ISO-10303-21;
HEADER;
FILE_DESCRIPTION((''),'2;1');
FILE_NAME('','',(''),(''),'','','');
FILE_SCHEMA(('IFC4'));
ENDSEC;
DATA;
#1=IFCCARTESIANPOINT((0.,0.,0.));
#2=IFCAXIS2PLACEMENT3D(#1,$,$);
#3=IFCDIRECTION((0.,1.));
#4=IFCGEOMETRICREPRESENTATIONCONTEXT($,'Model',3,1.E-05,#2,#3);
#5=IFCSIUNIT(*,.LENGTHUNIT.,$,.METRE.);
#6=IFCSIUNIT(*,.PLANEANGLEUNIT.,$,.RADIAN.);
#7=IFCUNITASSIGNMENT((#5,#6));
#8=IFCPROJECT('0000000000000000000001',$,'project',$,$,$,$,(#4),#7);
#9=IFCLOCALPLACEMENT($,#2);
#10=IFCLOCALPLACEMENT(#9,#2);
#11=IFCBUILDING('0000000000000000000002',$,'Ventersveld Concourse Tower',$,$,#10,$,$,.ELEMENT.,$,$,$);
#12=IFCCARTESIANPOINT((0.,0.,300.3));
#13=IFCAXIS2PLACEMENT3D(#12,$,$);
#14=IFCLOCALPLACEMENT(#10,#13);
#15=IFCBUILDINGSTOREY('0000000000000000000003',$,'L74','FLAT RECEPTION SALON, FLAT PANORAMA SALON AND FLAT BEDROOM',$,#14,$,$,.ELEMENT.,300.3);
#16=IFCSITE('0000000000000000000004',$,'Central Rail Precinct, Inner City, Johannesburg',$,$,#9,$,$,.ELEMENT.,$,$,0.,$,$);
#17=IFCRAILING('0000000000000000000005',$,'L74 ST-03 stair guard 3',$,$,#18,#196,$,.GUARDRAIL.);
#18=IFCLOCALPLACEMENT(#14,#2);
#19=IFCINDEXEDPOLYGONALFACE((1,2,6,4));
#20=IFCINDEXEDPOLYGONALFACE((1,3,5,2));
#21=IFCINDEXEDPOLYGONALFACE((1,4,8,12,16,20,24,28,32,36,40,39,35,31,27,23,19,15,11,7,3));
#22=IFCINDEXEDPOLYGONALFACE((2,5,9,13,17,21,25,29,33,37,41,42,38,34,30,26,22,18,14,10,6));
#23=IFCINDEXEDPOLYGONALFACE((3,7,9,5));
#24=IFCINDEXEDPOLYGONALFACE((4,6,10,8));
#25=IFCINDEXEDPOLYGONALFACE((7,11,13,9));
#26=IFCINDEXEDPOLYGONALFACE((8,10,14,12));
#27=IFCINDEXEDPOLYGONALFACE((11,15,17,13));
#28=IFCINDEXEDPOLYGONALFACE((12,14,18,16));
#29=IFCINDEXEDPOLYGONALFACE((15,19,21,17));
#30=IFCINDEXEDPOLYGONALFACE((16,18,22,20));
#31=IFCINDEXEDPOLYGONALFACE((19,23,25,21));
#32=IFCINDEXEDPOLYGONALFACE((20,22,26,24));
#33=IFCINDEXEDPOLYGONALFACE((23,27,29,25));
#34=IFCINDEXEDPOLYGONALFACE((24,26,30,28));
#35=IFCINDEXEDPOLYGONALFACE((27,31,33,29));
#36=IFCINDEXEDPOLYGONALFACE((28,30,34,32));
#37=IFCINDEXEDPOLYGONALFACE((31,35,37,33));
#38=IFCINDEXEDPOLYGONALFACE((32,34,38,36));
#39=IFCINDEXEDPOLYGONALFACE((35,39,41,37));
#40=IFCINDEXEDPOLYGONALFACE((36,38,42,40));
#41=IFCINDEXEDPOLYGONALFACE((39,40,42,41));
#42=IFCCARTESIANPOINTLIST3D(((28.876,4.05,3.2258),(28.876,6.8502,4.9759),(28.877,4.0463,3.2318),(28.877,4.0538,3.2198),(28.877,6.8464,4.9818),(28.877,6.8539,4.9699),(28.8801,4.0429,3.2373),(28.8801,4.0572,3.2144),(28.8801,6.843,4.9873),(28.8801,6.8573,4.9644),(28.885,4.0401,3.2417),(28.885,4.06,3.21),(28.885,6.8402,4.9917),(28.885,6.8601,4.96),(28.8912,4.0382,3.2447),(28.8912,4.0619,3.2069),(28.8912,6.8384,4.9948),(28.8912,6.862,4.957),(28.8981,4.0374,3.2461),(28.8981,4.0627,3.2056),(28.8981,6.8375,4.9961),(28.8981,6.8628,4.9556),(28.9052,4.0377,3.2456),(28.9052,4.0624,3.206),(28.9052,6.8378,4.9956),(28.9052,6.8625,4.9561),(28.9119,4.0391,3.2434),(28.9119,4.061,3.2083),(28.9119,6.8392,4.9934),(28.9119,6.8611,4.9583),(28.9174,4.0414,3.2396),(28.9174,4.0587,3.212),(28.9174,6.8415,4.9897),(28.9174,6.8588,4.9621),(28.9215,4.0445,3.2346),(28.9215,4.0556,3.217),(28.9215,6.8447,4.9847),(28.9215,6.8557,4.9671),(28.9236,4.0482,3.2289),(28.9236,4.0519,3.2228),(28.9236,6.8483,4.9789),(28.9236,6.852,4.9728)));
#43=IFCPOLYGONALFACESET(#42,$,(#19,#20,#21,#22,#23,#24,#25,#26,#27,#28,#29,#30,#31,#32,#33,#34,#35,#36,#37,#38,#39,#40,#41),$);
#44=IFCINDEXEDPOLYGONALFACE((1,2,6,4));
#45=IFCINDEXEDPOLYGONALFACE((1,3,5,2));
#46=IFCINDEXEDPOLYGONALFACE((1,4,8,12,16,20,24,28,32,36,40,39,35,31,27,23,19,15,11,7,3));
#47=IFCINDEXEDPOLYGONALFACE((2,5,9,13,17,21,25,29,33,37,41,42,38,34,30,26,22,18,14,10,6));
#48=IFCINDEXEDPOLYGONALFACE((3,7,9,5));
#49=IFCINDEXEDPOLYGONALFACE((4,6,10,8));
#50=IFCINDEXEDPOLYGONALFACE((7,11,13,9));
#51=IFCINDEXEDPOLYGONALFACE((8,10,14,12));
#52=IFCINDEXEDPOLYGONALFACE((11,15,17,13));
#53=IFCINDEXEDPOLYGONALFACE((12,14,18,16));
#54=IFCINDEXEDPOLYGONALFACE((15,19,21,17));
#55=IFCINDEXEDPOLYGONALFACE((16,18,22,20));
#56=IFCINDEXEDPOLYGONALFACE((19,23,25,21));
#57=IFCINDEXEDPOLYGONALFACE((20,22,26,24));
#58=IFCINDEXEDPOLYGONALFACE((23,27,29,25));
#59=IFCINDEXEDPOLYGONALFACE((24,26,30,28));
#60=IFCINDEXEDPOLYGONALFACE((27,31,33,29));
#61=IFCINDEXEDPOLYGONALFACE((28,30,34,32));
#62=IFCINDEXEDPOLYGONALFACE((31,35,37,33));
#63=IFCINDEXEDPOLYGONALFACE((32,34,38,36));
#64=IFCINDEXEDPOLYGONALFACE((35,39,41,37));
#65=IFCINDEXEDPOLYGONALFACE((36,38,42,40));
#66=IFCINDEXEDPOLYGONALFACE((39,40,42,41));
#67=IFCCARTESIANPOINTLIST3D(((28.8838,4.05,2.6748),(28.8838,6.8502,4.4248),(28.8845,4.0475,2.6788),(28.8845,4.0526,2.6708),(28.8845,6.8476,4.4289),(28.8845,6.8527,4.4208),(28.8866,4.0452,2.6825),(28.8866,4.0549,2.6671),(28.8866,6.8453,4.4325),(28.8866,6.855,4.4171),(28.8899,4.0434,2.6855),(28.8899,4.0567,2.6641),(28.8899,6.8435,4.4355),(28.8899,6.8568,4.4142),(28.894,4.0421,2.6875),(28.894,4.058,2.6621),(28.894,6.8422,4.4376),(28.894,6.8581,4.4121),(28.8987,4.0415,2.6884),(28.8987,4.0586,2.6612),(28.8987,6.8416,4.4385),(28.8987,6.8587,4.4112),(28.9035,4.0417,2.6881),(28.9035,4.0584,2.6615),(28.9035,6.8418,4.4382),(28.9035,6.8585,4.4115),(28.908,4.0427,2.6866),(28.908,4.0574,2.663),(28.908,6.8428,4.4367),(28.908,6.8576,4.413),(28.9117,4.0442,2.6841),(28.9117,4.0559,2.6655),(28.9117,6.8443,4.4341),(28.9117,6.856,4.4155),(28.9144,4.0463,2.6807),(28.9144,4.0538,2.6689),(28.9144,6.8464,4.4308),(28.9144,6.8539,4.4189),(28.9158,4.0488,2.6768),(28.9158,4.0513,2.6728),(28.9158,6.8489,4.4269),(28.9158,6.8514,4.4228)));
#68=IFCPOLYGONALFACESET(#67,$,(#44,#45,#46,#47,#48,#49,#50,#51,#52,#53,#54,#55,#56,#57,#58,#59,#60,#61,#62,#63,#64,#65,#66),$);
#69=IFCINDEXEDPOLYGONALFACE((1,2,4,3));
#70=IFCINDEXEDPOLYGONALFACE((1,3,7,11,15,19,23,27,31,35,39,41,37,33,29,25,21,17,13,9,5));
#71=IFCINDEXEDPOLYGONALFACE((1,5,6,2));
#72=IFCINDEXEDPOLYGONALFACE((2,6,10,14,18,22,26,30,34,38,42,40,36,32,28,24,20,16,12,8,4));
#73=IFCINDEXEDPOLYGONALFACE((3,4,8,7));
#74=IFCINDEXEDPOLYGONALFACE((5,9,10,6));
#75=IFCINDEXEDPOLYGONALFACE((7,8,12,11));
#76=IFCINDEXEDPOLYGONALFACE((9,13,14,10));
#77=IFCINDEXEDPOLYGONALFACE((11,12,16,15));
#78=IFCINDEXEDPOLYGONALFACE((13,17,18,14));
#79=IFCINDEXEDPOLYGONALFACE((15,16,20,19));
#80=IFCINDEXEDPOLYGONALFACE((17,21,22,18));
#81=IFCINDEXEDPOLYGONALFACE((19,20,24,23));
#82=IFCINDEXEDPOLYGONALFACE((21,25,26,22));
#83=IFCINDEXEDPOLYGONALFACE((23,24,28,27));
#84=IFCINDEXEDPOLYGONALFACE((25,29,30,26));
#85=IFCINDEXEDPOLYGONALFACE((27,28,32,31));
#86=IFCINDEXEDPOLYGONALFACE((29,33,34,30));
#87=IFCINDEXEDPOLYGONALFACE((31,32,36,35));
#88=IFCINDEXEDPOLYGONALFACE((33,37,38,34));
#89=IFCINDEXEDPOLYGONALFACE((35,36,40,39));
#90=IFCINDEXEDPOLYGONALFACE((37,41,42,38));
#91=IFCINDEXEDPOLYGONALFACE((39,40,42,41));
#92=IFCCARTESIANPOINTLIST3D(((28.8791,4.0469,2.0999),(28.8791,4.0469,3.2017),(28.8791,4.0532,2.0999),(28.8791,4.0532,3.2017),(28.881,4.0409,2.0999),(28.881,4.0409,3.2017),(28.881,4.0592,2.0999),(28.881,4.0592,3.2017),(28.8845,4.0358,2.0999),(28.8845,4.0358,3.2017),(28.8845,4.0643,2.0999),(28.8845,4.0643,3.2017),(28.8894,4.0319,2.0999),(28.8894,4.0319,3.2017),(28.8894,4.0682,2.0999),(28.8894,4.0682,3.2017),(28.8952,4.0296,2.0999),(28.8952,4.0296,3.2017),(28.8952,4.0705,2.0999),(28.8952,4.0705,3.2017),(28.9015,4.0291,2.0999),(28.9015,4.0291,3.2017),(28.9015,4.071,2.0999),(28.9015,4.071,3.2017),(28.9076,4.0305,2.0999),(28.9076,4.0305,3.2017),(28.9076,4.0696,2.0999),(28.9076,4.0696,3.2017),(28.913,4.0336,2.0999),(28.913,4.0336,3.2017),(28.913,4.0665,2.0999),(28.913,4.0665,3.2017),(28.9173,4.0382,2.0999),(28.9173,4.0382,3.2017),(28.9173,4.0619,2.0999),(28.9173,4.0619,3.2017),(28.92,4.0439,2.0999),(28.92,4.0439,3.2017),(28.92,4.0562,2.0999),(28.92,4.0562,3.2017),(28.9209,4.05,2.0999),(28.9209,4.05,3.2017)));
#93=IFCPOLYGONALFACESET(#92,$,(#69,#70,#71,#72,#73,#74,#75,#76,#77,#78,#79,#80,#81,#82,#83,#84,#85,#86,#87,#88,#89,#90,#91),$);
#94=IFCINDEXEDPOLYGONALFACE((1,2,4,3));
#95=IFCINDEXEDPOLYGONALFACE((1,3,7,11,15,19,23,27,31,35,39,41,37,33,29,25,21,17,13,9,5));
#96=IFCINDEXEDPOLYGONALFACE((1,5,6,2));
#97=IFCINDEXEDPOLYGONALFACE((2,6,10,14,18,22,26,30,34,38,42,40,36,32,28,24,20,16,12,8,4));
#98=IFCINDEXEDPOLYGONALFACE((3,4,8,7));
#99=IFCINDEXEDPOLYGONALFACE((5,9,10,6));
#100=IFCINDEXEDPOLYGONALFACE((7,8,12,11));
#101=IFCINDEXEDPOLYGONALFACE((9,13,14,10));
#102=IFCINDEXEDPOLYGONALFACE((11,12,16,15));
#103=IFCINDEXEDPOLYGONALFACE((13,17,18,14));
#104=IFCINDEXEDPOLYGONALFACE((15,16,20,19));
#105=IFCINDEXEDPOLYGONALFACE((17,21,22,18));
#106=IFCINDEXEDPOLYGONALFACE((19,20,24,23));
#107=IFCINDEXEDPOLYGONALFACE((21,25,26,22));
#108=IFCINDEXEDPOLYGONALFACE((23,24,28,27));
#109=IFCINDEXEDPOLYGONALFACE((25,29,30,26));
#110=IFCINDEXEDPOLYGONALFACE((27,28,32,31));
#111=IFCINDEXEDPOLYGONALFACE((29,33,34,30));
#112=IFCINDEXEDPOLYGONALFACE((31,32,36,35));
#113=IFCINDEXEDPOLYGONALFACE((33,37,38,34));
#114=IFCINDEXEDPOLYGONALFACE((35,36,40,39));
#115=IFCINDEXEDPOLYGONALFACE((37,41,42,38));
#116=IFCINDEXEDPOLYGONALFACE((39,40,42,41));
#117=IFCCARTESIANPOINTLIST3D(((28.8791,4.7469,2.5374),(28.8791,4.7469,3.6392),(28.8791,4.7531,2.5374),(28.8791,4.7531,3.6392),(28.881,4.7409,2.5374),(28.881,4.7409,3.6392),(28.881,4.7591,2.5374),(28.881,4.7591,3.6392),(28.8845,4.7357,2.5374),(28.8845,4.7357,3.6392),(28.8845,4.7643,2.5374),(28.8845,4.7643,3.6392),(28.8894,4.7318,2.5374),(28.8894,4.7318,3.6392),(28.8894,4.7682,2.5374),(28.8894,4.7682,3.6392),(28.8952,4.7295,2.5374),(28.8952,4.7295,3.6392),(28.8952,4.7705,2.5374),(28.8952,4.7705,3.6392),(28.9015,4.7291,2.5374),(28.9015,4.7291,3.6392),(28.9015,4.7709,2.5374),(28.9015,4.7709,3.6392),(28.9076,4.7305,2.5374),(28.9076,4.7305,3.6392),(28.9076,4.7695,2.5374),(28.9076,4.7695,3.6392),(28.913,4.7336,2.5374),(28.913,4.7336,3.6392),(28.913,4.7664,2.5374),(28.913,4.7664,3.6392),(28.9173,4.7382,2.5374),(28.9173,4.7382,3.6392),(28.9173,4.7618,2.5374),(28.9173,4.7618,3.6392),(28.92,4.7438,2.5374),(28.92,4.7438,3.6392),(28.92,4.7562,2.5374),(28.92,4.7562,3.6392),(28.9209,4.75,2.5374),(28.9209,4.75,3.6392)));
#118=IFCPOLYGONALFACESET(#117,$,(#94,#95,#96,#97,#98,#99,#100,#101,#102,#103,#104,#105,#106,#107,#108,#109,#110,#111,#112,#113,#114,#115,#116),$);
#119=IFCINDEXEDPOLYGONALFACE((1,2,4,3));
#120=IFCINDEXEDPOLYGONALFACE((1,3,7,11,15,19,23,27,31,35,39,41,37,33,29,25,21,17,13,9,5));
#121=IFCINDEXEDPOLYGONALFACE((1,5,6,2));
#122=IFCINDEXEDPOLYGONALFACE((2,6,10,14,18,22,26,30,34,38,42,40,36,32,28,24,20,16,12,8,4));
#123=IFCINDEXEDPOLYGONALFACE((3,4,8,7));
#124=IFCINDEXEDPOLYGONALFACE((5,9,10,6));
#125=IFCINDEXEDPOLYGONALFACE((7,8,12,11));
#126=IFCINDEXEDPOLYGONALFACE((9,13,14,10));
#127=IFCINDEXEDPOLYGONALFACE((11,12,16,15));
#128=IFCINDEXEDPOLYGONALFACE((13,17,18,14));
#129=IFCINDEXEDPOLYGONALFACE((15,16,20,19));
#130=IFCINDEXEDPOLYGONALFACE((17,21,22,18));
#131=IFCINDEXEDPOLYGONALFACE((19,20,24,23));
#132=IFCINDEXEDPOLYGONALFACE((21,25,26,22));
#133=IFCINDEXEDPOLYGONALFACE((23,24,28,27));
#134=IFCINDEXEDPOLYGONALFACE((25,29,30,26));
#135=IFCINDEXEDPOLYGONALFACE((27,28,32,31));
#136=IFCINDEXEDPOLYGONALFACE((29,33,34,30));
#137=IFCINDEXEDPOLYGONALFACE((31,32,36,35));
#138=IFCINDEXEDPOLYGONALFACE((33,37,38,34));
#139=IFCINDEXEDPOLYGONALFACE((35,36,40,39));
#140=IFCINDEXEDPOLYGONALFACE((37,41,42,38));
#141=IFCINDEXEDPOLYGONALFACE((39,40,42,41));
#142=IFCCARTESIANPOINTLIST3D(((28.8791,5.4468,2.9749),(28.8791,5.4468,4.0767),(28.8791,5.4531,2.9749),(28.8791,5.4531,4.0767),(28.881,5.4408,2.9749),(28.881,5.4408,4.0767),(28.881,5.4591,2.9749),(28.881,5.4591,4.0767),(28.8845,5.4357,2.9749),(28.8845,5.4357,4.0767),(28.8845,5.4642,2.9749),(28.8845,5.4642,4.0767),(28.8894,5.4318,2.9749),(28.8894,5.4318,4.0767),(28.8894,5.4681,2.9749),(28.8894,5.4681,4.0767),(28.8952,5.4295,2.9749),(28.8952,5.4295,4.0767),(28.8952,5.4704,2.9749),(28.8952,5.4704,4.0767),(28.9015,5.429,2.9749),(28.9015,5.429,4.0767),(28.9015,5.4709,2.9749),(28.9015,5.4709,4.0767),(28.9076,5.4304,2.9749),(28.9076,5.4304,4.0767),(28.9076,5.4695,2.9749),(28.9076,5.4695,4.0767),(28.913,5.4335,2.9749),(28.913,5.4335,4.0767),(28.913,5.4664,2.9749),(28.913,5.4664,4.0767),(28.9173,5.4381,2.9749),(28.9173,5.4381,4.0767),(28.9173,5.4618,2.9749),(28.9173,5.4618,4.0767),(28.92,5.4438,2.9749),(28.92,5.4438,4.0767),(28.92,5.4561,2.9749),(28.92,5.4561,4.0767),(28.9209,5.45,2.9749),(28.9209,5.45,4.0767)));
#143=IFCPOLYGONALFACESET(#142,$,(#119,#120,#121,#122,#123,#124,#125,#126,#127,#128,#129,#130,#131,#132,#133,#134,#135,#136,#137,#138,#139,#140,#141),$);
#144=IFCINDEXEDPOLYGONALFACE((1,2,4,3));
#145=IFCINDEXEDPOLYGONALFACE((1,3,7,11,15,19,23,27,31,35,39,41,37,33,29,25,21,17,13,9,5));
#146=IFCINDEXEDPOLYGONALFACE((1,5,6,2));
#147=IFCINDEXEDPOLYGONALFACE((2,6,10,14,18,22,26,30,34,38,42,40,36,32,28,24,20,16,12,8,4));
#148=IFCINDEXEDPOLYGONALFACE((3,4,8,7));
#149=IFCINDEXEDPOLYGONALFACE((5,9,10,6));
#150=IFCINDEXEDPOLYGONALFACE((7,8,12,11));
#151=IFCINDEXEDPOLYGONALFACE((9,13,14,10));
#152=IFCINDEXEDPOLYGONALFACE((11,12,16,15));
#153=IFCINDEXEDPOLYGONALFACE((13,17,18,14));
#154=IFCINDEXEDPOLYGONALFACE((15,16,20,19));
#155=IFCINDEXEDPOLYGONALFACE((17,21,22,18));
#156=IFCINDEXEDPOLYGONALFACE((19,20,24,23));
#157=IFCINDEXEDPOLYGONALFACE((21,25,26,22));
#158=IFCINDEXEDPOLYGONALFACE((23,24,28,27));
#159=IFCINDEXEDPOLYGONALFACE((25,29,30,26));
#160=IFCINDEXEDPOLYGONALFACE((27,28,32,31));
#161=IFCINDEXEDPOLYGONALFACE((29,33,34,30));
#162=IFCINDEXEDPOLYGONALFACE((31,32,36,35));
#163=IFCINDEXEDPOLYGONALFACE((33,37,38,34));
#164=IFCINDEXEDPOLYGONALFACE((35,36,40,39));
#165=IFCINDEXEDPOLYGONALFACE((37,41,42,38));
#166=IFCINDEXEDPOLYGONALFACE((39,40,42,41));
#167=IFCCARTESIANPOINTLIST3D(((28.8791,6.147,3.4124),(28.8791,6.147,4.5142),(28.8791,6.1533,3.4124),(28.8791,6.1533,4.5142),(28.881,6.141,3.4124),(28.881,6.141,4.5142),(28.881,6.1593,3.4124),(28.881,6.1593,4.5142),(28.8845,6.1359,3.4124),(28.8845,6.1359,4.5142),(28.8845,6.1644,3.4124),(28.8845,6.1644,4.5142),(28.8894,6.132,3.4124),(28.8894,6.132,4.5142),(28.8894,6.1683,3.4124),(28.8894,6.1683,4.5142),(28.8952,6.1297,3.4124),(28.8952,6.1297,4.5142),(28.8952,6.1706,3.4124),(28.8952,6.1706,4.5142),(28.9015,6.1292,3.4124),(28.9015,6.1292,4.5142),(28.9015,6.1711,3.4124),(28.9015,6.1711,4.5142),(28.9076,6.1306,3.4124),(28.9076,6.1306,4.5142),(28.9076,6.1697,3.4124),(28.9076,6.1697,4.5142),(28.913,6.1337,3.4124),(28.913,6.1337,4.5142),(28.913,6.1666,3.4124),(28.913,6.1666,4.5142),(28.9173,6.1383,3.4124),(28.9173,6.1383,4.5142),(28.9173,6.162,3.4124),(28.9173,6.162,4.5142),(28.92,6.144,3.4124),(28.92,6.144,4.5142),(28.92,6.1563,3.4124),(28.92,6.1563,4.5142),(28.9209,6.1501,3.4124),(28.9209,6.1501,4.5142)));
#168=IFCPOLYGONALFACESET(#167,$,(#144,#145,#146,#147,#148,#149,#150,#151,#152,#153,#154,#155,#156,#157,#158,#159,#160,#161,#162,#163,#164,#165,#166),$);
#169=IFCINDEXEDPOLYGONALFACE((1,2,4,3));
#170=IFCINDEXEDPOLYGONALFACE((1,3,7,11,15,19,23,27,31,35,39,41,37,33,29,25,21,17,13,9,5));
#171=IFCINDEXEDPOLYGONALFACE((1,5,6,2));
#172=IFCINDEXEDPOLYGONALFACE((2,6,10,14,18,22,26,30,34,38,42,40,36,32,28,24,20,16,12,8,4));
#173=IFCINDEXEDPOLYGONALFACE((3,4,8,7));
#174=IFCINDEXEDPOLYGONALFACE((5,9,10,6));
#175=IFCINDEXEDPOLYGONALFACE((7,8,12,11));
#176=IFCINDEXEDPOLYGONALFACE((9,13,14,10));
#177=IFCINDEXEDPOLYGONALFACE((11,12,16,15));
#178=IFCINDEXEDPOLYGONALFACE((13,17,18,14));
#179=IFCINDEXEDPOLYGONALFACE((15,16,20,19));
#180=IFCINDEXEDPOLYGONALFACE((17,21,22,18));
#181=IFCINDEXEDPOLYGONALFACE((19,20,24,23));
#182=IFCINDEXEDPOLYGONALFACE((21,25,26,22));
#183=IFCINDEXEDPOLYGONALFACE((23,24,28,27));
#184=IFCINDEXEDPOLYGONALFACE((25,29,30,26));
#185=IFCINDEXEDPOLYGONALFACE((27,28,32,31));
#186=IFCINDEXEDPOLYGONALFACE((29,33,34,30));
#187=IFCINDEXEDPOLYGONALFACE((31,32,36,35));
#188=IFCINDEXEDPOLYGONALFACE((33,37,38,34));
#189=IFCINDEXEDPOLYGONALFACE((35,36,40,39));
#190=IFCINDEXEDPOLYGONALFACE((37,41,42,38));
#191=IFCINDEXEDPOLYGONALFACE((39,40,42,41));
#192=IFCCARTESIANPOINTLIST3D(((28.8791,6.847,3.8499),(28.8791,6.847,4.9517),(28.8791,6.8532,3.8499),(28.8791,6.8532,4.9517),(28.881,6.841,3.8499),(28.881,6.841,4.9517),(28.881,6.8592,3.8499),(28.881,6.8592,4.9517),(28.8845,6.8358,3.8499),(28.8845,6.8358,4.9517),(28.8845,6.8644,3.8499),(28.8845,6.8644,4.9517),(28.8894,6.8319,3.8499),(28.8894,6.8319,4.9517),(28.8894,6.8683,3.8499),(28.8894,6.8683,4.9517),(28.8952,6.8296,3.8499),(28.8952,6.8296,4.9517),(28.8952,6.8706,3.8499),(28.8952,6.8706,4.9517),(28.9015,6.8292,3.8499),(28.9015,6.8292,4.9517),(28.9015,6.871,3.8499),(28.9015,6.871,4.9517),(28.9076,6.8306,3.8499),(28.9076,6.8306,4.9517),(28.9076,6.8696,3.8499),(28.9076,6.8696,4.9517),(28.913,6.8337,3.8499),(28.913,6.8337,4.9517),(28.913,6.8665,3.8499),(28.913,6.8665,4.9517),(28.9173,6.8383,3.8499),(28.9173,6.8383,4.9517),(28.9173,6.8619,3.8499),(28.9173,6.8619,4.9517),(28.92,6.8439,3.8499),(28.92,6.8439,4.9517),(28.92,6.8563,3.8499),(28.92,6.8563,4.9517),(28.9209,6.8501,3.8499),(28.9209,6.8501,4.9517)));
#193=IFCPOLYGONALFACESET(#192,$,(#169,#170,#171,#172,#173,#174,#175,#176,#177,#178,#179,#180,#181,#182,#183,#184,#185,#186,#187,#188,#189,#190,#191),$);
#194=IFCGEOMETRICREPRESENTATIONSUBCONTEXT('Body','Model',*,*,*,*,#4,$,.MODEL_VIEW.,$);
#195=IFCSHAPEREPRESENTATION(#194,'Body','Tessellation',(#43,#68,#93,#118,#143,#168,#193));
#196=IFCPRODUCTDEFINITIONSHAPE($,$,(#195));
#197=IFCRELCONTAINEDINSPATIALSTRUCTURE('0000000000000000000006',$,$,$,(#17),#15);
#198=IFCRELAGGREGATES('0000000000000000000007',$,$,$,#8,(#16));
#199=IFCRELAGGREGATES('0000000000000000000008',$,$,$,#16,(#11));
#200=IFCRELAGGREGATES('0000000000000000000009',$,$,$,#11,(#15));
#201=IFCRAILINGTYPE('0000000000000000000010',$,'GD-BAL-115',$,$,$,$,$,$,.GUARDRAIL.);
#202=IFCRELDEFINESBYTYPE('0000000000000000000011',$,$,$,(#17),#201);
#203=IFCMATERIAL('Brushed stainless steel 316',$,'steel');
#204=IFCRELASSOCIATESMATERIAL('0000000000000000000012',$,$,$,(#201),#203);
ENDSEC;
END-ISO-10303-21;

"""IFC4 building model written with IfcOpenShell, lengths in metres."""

from ifc_helpers import new_model, si_unit, direction, frame, origin, origin_2d, place, context, subcontext, project, spatial, circle, extrude, material, type_object, element, save


model = new_model("IFC4")

# Units and contexts
model_context = context("Model", 3, precision=1e-05, world=origin(), true_north=direction((0.0, 1.0)))
body_context = subcontext(model_context, "Body", "Model", "MODEL_VIEW")
ifc_project = project(units=[si_unit("LENGTHUNIT", "METRE"), si_unit("PLANEANGLEUNIT", "RADIAN")], contexts=[model_context])

# Site, building, storey
site_placement = place(None, origin())
site = spatial("IfcSite", under=ifc_project, at=site_placement, Name="Central Rail Precinct, Inner City, Johannesburg", CompositionType="ELEMENT", RefElevation=0.0)
building_placement = place(site_placement, origin())
building = spatial("IfcBuilding", under=site, at=building_placement, Name="Ventersveld Concourse Tower", CompositionType="ELEMENT")
storey_placement = place(building_placement, frame((0.0, 0.0, 300.3)))
storey = spatial("IfcBuildingStorey", under=building, at=storey_placement, Name="L74", Description="FLAT RECEPTION SALON, FLAT PANORAMA SALON AND FLAT BEDROOM", CompositionType="ELEMENT", Elevation=300.3)

# Shared definitions
ifc_material_1 = material(Name="Brushed stainless steel 316", Category="steel")

# Railing
railing_type_1 = type_object("IfcRailingType", Name="GD-BAL-115", PredefinedType="GUARDRAIL", material=ifc_material_1)
railing_1_placement = place(storey_placement, frame((28.8999, 4.05, 2.0999)))
element("IfcRailing", 1, at=railing_1_placement, inside=storey, type_object=railing_type_1, Name="L74 ST-03 stair guard 3", PredefinedType="GUARDRAIL", context=body_context, shape_type="SweptSolid", body=[
    extrude(circle(Radius=0.0239, at=origin_2d()), frame((0.0, 0.0, 1.126), z_axis=(0.0, 0.848002, 0.529992), x_axis=(-1.0, 0.0, 0.0)), (0.0, 0.0, 1.0), 3.302),
    extrude(circle(Radius=0.0161, at=origin_2d()), frame((0.0, 0.0, 0.575), z_axis=(0.0, 0.848002, 0.529992), x_axis=(-1.0, 0.0, 0.0)), (0.0, 0.0, 1.0), 3.302),
    extrude(circle(Radius=0.021, at=origin_2d()), origin(), (0.0, 0.0, 1.0), 1.1018),
    extrude(circle(Radius=0.021, at=origin_2d()), frame((0.0, 0.7, 0.4375)), (0.0, 0.0, 1.0), 1.1018),
    extrude(circle(Radius=0.021, at=origin_2d()), frame((0.0, 1.3999, 0.875)), (0.0, 0.0, 1.0), 1.1018),
    extrude(circle(Radius=0.021, at=origin_2d()), frame((0.0, 2.1001, 1.3125)), (0.0, 0.0, 1.0), 1.1018),
    extrude(circle(Radius=0.021, at=origin_2d()), frame((0.0, 2.8, 1.75)), (0.0, 0.0, 1.0), 1.1018),
])

save(model, "model.ifc")
